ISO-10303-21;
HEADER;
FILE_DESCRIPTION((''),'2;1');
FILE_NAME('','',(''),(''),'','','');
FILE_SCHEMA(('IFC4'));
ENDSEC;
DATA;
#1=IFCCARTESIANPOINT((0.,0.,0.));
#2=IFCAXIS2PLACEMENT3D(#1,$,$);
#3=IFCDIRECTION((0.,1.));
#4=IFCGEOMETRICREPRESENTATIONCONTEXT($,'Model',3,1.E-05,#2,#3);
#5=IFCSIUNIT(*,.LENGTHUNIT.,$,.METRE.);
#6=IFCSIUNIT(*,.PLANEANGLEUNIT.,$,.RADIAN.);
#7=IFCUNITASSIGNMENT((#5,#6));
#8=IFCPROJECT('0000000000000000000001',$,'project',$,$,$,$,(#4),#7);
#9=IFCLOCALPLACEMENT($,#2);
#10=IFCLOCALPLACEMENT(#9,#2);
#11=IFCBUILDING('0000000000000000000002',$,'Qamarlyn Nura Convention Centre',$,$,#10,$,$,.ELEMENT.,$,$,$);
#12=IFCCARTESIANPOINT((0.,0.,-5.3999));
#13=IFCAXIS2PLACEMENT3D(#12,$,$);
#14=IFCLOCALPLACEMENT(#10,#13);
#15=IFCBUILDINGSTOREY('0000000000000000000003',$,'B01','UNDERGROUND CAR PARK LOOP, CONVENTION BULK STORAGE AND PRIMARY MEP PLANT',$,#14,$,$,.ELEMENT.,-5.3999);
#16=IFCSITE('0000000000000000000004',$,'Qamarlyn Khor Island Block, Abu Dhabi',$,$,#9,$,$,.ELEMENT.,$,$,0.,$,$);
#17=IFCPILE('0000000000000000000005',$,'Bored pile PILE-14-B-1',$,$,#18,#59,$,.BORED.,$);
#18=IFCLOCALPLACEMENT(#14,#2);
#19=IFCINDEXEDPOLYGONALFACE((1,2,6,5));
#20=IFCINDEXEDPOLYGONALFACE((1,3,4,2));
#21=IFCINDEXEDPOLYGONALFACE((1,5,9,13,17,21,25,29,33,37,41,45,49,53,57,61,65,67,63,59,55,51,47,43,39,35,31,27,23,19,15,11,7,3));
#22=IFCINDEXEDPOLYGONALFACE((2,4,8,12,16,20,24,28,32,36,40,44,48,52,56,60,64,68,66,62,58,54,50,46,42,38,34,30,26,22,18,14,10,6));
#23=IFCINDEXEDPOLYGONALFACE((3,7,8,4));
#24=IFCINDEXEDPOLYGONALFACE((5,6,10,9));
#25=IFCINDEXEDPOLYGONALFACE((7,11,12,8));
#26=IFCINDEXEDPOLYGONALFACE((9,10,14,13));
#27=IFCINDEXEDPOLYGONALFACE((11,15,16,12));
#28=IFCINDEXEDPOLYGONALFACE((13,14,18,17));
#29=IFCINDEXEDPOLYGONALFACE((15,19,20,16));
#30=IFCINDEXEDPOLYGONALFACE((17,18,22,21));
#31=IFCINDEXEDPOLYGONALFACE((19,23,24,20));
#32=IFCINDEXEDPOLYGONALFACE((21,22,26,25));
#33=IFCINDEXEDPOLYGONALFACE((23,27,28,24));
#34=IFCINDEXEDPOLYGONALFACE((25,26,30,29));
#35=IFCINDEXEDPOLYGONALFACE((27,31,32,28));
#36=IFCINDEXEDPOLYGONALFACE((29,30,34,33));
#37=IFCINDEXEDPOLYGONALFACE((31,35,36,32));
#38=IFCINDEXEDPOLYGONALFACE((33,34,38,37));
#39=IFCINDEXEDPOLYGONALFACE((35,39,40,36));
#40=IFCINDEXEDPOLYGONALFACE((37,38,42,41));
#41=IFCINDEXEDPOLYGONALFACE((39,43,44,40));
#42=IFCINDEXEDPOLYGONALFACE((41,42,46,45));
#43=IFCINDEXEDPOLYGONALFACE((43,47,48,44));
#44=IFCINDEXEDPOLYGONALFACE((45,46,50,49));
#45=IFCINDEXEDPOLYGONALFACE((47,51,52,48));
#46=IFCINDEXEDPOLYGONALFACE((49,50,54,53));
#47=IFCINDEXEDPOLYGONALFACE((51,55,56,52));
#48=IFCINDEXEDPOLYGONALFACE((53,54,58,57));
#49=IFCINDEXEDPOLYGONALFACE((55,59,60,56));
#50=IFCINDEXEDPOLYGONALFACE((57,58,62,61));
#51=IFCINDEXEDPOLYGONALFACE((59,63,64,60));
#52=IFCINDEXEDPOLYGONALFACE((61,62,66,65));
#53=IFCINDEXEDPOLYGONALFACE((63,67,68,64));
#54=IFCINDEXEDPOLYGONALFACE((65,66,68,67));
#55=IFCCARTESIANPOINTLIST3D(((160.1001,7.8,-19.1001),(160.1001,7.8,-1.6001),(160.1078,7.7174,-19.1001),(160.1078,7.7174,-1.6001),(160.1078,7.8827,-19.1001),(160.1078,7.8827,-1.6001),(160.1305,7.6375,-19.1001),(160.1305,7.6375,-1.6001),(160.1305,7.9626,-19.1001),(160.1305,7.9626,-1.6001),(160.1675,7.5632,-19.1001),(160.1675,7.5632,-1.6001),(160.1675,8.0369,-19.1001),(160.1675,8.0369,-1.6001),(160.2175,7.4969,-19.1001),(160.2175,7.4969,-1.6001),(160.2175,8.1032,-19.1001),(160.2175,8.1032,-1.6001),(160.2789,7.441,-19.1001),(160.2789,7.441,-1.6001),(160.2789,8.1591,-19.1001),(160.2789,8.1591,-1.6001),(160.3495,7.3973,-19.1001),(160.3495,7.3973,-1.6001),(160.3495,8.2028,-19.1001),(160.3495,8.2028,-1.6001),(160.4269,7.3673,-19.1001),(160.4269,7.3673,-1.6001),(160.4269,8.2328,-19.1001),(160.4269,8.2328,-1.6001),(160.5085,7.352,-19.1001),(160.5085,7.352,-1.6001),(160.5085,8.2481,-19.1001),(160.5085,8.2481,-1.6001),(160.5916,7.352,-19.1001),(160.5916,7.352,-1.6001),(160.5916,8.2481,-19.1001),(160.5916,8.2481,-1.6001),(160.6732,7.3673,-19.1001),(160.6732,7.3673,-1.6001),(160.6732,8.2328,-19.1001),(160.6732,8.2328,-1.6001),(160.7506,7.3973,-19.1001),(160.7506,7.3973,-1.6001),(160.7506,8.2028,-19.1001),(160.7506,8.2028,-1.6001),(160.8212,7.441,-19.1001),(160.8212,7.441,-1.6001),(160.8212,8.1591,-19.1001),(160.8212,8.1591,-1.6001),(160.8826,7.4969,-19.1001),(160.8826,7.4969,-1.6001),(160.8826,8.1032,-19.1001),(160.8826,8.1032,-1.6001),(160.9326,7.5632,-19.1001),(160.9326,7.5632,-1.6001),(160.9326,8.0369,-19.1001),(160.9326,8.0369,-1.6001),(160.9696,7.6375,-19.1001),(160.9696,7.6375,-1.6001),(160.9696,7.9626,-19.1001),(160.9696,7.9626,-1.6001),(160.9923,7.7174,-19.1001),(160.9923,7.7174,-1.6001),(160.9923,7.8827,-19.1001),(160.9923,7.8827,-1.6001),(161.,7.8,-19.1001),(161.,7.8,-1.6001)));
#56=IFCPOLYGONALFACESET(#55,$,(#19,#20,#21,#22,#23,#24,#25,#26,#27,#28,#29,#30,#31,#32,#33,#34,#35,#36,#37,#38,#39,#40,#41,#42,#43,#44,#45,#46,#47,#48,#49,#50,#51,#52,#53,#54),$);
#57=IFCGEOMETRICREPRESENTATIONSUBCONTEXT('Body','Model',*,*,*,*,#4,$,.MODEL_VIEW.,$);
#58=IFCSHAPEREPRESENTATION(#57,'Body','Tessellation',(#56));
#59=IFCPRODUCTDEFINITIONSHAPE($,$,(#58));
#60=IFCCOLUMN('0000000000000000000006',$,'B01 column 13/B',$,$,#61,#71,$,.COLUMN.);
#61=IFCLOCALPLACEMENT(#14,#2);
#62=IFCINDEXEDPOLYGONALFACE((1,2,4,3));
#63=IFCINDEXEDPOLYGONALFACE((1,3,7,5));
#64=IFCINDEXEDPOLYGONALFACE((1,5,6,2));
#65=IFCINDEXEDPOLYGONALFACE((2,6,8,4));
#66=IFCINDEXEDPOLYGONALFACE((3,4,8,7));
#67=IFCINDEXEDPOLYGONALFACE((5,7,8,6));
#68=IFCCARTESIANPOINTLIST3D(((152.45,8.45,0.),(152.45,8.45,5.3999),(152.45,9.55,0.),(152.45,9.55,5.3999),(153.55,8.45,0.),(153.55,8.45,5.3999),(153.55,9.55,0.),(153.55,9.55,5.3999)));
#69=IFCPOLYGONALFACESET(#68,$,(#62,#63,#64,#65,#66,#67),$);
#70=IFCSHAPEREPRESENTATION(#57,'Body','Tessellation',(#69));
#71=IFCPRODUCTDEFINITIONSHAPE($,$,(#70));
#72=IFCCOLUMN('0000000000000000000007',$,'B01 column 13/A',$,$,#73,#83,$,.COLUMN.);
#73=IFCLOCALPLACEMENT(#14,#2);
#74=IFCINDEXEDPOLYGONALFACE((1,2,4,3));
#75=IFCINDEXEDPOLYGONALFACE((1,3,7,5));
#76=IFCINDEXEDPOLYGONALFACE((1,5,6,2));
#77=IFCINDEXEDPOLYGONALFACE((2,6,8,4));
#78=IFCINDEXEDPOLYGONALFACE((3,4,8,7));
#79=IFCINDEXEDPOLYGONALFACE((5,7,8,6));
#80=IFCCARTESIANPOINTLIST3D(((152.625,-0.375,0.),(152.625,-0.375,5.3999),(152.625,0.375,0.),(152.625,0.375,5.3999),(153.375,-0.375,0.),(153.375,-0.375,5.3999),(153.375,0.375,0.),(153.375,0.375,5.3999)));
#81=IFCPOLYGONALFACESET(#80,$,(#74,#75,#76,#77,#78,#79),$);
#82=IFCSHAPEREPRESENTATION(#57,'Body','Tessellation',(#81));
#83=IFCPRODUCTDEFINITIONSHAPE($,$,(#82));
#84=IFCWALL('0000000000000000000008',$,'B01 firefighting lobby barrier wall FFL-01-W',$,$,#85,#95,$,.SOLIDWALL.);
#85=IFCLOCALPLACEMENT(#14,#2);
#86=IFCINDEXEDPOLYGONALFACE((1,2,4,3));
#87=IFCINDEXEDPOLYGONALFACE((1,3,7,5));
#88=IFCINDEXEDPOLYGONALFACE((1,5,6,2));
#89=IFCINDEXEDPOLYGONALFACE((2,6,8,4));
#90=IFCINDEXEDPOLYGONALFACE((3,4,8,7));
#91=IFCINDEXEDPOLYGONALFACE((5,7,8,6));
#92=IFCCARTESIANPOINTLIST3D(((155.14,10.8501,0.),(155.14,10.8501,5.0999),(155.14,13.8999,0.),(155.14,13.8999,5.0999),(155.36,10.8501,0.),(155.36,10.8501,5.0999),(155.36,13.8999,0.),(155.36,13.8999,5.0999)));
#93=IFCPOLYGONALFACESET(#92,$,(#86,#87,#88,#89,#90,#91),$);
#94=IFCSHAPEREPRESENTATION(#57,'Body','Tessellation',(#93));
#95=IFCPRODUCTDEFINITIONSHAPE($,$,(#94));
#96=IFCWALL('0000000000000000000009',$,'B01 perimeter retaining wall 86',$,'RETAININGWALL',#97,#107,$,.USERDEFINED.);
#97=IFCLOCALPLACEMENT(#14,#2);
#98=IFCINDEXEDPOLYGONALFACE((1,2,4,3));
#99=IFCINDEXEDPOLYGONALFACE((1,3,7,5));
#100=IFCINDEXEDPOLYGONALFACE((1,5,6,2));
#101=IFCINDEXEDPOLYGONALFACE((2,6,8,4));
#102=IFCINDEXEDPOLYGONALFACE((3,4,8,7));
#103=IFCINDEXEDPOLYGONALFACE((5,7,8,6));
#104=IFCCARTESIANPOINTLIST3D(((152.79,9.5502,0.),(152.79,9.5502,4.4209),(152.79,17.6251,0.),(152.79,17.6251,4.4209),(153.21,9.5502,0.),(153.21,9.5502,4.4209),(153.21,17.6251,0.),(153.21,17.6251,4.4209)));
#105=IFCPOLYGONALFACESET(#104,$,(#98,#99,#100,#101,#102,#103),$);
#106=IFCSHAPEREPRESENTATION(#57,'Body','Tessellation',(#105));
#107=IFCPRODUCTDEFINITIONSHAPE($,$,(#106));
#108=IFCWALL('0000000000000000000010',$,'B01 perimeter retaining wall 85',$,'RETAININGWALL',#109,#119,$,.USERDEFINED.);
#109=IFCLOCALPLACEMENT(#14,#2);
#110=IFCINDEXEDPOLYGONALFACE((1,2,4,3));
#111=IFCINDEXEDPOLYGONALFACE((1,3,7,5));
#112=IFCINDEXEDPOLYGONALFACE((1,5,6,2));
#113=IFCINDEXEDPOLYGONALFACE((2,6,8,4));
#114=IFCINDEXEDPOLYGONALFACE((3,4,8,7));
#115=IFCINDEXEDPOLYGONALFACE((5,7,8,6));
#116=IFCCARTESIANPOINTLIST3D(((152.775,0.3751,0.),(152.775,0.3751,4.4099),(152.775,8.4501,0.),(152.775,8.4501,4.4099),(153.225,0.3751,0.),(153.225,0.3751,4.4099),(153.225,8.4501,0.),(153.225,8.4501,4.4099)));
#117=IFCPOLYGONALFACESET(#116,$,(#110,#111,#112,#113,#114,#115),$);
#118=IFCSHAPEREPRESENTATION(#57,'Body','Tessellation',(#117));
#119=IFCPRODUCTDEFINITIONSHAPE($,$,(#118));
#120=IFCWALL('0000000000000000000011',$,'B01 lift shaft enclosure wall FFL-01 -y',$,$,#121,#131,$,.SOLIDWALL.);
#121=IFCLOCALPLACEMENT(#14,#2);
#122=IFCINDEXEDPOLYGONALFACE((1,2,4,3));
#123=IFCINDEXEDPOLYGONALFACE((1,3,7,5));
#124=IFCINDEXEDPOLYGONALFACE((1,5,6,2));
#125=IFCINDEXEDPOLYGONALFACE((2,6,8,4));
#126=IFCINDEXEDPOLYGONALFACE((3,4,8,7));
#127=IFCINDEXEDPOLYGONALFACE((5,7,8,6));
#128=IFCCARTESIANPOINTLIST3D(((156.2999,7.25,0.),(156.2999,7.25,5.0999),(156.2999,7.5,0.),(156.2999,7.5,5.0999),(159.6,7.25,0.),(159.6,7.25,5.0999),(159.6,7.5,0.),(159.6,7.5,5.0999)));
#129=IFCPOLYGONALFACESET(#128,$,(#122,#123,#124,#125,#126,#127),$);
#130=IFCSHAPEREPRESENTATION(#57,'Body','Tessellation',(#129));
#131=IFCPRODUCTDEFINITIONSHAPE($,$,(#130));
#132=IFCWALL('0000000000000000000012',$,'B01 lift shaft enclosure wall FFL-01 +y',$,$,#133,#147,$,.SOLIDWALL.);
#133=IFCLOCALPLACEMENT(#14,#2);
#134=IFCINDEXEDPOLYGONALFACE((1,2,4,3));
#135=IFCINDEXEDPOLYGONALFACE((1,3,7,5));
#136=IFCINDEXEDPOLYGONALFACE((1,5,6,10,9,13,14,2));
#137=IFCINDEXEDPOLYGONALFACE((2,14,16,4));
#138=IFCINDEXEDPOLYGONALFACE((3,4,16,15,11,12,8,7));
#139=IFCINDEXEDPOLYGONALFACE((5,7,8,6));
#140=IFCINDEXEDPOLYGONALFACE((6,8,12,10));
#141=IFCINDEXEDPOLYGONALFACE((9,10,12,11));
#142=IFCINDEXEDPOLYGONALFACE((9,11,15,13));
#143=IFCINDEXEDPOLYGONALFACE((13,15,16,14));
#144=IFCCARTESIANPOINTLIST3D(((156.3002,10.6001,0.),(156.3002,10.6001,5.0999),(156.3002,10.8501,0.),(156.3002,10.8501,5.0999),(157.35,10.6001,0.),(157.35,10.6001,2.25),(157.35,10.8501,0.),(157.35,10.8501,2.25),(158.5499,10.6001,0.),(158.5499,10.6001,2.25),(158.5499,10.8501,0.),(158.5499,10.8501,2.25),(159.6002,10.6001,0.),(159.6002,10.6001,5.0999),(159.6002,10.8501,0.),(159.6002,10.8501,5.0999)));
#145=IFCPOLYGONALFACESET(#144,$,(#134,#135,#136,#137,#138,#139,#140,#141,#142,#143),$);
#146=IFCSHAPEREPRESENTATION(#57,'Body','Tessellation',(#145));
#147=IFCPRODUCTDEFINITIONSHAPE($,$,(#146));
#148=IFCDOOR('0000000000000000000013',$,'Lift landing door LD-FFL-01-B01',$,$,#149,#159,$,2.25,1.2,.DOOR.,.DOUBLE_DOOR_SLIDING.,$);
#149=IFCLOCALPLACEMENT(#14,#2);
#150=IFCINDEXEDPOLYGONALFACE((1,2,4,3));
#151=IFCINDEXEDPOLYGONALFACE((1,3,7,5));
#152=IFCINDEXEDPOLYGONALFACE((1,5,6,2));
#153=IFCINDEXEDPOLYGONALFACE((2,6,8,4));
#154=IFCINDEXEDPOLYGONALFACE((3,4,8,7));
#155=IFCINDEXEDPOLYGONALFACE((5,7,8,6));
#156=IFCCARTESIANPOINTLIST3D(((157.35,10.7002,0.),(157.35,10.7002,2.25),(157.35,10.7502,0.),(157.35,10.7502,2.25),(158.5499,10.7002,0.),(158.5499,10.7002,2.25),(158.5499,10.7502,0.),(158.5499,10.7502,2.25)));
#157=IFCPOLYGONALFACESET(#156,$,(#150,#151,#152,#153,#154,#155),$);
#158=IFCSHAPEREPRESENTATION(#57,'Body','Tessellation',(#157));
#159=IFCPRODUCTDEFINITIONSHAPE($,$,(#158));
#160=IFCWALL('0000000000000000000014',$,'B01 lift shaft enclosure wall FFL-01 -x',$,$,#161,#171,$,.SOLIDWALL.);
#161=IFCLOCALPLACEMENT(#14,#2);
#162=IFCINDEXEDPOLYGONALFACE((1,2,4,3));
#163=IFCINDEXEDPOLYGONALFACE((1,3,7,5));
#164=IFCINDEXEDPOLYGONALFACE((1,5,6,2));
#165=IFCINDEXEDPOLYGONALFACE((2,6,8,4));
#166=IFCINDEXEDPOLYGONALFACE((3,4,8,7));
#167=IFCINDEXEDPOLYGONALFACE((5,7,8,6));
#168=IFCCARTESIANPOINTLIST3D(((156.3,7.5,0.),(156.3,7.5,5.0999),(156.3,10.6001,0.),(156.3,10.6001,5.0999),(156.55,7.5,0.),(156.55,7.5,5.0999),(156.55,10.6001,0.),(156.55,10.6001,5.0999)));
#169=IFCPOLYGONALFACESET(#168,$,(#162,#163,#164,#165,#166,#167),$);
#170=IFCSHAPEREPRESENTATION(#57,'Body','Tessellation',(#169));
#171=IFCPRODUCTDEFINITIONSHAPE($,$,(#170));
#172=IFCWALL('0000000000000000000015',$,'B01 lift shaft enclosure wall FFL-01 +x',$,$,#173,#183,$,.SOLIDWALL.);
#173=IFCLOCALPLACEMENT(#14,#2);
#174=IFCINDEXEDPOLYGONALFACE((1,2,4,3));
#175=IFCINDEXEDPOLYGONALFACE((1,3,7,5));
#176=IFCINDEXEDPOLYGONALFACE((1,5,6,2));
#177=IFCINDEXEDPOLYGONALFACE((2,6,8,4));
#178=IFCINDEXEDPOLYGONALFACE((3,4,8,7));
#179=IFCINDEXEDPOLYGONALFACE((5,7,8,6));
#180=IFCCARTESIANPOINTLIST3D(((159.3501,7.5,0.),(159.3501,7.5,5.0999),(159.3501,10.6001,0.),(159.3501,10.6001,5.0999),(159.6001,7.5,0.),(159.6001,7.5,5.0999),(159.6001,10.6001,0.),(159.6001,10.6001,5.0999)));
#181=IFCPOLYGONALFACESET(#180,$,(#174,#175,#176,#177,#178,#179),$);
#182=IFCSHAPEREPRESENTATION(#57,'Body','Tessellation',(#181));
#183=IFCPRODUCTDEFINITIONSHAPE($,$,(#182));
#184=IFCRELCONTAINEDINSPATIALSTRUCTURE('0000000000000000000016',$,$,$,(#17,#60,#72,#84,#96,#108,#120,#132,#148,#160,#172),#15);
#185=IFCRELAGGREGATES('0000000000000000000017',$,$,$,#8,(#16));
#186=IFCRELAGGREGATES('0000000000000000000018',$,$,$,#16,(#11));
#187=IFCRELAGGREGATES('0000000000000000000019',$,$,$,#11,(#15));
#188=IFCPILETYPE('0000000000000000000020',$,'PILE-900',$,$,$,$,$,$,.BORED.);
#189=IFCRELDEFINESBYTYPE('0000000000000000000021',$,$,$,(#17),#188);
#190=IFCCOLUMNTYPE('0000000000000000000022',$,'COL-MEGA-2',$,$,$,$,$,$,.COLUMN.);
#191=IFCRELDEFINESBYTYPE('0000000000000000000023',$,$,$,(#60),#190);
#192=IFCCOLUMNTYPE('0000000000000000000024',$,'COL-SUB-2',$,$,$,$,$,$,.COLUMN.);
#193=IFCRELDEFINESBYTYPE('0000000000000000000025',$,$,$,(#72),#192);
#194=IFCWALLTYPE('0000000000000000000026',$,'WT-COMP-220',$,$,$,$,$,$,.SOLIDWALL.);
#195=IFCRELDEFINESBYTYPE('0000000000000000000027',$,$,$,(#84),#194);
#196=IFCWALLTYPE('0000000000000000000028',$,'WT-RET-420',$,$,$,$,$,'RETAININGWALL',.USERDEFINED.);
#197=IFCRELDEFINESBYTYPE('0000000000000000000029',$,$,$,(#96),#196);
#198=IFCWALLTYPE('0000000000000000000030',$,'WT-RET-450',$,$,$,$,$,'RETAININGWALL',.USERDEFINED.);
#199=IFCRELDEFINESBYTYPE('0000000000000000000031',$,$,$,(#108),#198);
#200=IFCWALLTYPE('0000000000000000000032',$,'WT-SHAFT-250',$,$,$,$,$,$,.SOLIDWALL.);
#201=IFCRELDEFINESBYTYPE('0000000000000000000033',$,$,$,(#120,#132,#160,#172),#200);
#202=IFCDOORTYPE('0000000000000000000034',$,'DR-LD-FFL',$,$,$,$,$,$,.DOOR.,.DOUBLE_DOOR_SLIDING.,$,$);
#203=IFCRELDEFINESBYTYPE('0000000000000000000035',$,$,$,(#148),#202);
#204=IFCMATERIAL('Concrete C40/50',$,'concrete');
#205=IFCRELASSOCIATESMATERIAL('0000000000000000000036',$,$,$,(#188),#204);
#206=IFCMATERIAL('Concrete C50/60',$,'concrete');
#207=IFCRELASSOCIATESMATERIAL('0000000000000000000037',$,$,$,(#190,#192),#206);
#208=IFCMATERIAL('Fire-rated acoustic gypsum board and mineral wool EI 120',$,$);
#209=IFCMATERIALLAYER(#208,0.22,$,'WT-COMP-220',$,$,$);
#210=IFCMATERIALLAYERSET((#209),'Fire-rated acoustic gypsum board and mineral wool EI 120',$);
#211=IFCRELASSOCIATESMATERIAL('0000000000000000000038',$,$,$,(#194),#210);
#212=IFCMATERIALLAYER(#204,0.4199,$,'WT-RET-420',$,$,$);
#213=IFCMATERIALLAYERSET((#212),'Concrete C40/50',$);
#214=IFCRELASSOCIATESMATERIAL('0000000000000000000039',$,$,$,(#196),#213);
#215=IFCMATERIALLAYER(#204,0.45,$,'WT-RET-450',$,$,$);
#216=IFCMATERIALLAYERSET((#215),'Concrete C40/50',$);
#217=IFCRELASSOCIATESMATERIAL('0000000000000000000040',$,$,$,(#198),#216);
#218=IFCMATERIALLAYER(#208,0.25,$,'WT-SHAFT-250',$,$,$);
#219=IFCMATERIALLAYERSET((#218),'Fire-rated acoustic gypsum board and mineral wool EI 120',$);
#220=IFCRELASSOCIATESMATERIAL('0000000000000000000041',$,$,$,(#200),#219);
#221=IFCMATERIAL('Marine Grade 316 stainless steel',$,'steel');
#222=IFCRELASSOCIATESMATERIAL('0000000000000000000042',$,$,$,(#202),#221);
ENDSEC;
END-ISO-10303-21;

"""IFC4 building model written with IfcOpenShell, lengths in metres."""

from ifc_helpers import new_model, si_unit, direction, frame, frame_2d, origin, origin_2d, place, context, subcontext, project, spatial, rectangle, circle, extrude, material, layer, layer_set, material_profile, profile_set, type_object, element, fill, save


model = new_model("IFC4")

# Units and contexts
model_context = context("Model", 3, precision=1e-05, world=origin(), true_north=direction((0.0, 1.0)))
body_context = subcontext(model_context, "Body", "Model", "MODEL_VIEW")
ifc_project = project(units=[si_unit("LENGTHUNIT", "METRE"), si_unit("PLANEANGLEUNIT", "RADIAN")], contexts=[model_context])

# Site, building, storey
site_placement = place(None, origin())
site = spatial("IfcSite", under=ifc_project, at=site_placement, Name="Qamarlyn Khor Island Block, Abu Dhabi", CompositionType="ELEMENT", RefElevation=0.0)
building_placement = place(site_placement, origin())
building = spatial("IfcBuilding", under=site, at=building_placement, Name="Qamarlyn Nura Convention Centre", CompositionType="ELEMENT")
storey_placement = place(building_placement, frame((0.0, 0.0, -5.3999)))
storey = spatial("IfcBuildingStorey", under=building, at=storey_placement, Name="B01", Description="UNDERGROUND CAR PARK LOOP, CONVENTION BULK STORAGE AND PRIMARY MEP PLANT", CompositionType="ELEMENT", Elevation=-5.3999)

# Shared definitions
ifc_material_1 = material(Name="Concrete C40/50", Category="concrete")

# Pile
ifc_material_profile_1 = material_profile(ifc_material_1, circle(Radius=0.45, at=origin_2d()), Name="BORED PILE 900")
ifc_profile_set_1 = profile_set([ifc_material_profile_1], Name="Concrete C40/50")
pile_type_1 = type_object("IfcPileType", Name="PILE-900", PredefinedType="BORED", material=ifc_profile_set_1)
pile_placement = place(storey_placement, frame((160.55, 7.8, -1.6001), z_axis=(0.0, 0.0, -1.0), x_axis=(1.0, 0.0, 0.0)))
element("IfcPile", 1, at=pile_placement, inside=storey, type_object=pile_type_1, Name="Bored pile PILE-14-B-1", PredefinedType="BORED", context=body_context, shape_type="SweptSolid", body=[
    extrude(circle(Radius=0.45, at=origin_2d()), origin(), (0.0, 0.0, 1.0), 17.5),
])

# Columns
ifc_material_2 = material(Name="Concrete C50/60", Category="concrete")
ifc_material_profile_2 = material_profile(ifc_material_2, rectangle(XDim=1.1001, YDim=1.1001, at=origin_2d()), Name="RC 1100x1100")
ifc_profile_set_2 = profile_set([ifc_material_profile_2], Name="Concrete C50/60")
column_type_1 = type_object("IfcColumnType", Name="COL-MEGA-2", PredefinedType="COLUMN", material=ifc_profile_set_2)
column_1_placement = place(storey_placement, frame((153.0, 9.0, 0.0), z_axis=(0.0, 0.0, 1.0), x_axis=(1.0, 0.0, 0.0)))
element("IfcColumn", 2, at=column_1_placement, inside=storey, type_object=column_type_1, Name="B01 column 13/B", PredefinedType="COLUMN", context=body_context, shape_type="SweptSolid", body=[
    extrude(rectangle(XDim=1.1001, YDim=1.1001, at=origin_2d()), origin(), (0.0, 0.0, 1.0), 5.3999),
])
ifc_material_profile_3 = material_profile(ifc_material_2, rectangle(XDim=0.75, YDim=0.75, at=origin_2d()), Name="RC 750x750")
ifc_profile_set_3 = profile_set([ifc_material_profile_3], Name="Concrete C50/60")
column_type_2 = type_object("IfcColumnType", Name="COL-SUB-2", PredefinedType="COLUMN", material=ifc_profile_set_3)
column_2_placement = place(storey_placement, frame((153.0, 0.0, 0.0), z_axis=(0.0, 0.0, 1.0), x_axis=(1.0, 0.0, 0.0)))
element("IfcColumn", 3, at=column_2_placement, inside=storey, type_object=column_type_2, Name="B01 column 13/A", PredefinedType="COLUMN", context=body_context, shape_type="SweptSolid", body=[
    extrude(rectangle(XDim=0.75, YDim=0.75, at=origin_2d()), origin(), (0.0, 0.0, 1.0), 5.3999),
])

# Walls
ifc_material_3 = material(Name="Fire-rated acoustic gypsum board and mineral wool EI 120")
ifc_layer_1 = layer(ifc_material_3, 0.22, Name="WT-COMP-220")
ifc_layer_set_1 = layer_set([ifc_layer_1], Name="Fire-rated acoustic gypsum board and mineral wool EI 120")
wall_type_1 = type_object("IfcWallType", Name="WT-COMP-220", PredefinedType="SOLIDWALL", material=ifc_layer_set_1)
wall_1_placement = place(storey_placement, frame((155.25, 10.8501, 0.0), z_axis=(0.0, 0.0, 1.0), x_axis=(0.0, 1.0, 0.0)))
element("IfcWall", 4, at=wall_1_placement, inside=storey, type_object=wall_type_1, Name="B01 firefighting lobby barrier wall FFL-01-W", PredefinedType="SOLIDWALL", context=body_context, shape_type="SweptSolid", body=[
    extrude(rectangle(XDim=3.0498, YDim=0.22, at=frame_2d((1.5249, 0.0))), origin(), (0.0, 0.0, 1.0), 5.0999),
])
ifc_layer_2 = layer(ifc_material_1, 0.4199, Name="WT-RET-420")
ifc_layer_set_2 = layer_set([ifc_layer_2], Name="Concrete C40/50")
wall_type_2 = type_object("IfcWallType", Name="WT-RET-420", ElementType="RETAININGWALL", PredefinedType="USERDEFINED", material=ifc_layer_set_2)
wall_2_placement = place(storey_placement, frame((153.0, 9.55, 0.0), z_axis=(0.0, 0.0, 1.0), x_axis=(0.0, 1.0, 0.0)))
element("IfcWall", 5, at=wall_2_placement, inside=storey, type_object=wall_type_2, Name="B01 perimeter retaining wall 86", ObjectType="RETAININGWALL", PredefinedType="USERDEFINED", context=body_context, shape_type="SweptSolid", body=[
    extrude(rectangle(XDim=8.075, YDim=0.4199, at=frame_2d((4.0376, 0.0))), origin(), (0.0, 0.0, 1.0), 4.4209),
])
ifc_layer_3 = layer(ifc_material_1, 0.45, Name="WT-RET-450")
ifc_layer_set_3 = layer_set([ifc_layer_3], Name="Concrete C40/50")
wall_type_3 = type_object("IfcWallType", Name="WT-RET-450", ElementType="RETAININGWALL", PredefinedType="USERDEFINED", material=ifc_layer_set_3)
wall_3_placement = place(storey_placement, frame((153.0, 0.375, 0.0), z_axis=(0.0, 0.0, 1.0), x_axis=(0.0, 1.0, 0.0)))
element("IfcWall", 6, at=wall_3_placement, inside=storey, type_object=wall_type_3, Name="B01 perimeter retaining wall 85", ObjectType="RETAININGWALL", PredefinedType="USERDEFINED", context=body_context, shape_type="SweptSolid", body=[
    extrude(rectangle(XDim=8.075, YDim=0.45, at=frame_2d((4.0376, 0.0))), origin(), (0.0, 0.0, 1.0), 4.4099),
])
ifc_layer_4 = layer(ifc_material_3, 0.25, Name="WT-SHAFT-250")
ifc_layer_set_4 = layer_set([ifc_layer_4], Name="Fire-rated acoustic gypsum board and mineral wool EI 120")
wall_type_4 = type_object("IfcWallType", Name="WT-SHAFT-250", PredefinedType="SOLIDWALL", material=ifc_layer_set_4)
wall_4_placement = place(storey_placement, frame((156.3, 7.375, 0.0), z_axis=(0.0, 0.0, 1.0), x_axis=(1.0, 0.0, 0.0)))
element("IfcWall", 7, at=wall_4_placement, inside=storey, type_object=wall_type_4, Name="B01 lift shaft enclosure wall FFL-01 -y", PredefinedType="SOLIDWALL", context=body_context, shape_type="SweptSolid", body=[
    extrude(rectangle(XDim=3.3, YDim=0.25, at=frame_2d((1.6499, 0.0))), origin(), (0.0, 0.0, 1.0), 5.0999),
])

# Wall, opening, door
wall_5_placement = place(storey_placement, frame((159.6001, 10.7251, 0.0), z_axis=(0.0, 0.0, 1.0), x_axis=(-1.0, 0.0, 0.0)))
wall_5 = element("IfcWall", 8, at=wall_5_placement, inside=storey, type_object=wall_type_4, Name="B01 lift shaft enclosure wall FFL-01 +y", PredefinedType="SOLIDWALL", context=body_context, shape_type="SweptSolid", body=[
    extrude(rectangle(XDim=3.3, YDim=0.25, at=frame_2d((1.6499, 0.0))), origin(), (0.0, 0.0, 1.0), 5.0999),
])
opening_placement = place(wall_5_placement, frame((1.05, 0.0, 0.0)))
opening = element("IfcOpeningElement", 9, at=opening_placement, cuts=wall_5, PredefinedType="OPENING", context=body_context, shape_type="SweptSolid", body=[
    extrude(rectangle(XDim=1.2, YDim=2.25, at=frame_2d((0.6001, 1.125))), frame((0.0, 0.135, 0.0), z_axis=(0.0, -1.0, 0.0), x_axis=(1.0, 0.0, 0.0)), (0.0, 0.0, 1.0), 0.27),
])
ifc_material_4 = material(Name="Marine Grade 316 stainless steel", Category="steel")
door_type = type_object("IfcDoorType", Name="DR-LD-FFL", OperationType="DOUBLE_DOOR_SLIDING", PredefinedType="DOOR", material=ifc_material_4)
door_placement = place(opening_placement, origin())
door = element("IfcDoor", 10, at=door_placement, inside=storey, type_object=door_type, Name="Lift landing door LD-FFL-01-B01", OperationType="DOUBLE_DOOR_SLIDING", OverallHeight=2.25, OverallWidth=1.2, PredefinedType="DOOR", context=body_context, shape_type="SweptSolid", body=[
    extrude(rectangle(XDim=1.2, YDim=2.25, at=frame_2d((0.6001, 1.125))), frame((0.0, 0.0249, 0.0), z_axis=(0.0, -1.0, 0.0), x_axis=(1.0, 0.0, 0.0)), (0.0, 0.0, 1.0), 0.05),
])
fill(opening, door)

# Walls
for number, where, z_axis, x_axis, name in (
    (11, (156.425, 10.6001, 0.0), (0.0, 0.0, 1.0), (0.0, -1.0, 0.0), "B01 lift shaft enclosure wall FFL-01 -x"),
    (12, (159.4751, 7.5, 0.0), (0.0, 0.0, 1.0), (0.0, 1.0, 0.0), "B01 lift shaft enclosure wall FFL-01 +x"),
):
    element("IfcWall", number, at=place(storey_placement, frame(where, z_axis=z_axis, x_axis=x_axis)), inside=storey, type_object=wall_type_4, Name=name, PredefinedType="SOLIDWALL", context=body_context, shape_type="SweptSolid", body=[
        extrude(rectangle(XDim=3.1001, YDim=0.25, at=frame_2d((1.55, 0.0))), origin(), (0.0, 0.0, 1.0), 5.0999),
    ])

save(model, "model.ifc")
